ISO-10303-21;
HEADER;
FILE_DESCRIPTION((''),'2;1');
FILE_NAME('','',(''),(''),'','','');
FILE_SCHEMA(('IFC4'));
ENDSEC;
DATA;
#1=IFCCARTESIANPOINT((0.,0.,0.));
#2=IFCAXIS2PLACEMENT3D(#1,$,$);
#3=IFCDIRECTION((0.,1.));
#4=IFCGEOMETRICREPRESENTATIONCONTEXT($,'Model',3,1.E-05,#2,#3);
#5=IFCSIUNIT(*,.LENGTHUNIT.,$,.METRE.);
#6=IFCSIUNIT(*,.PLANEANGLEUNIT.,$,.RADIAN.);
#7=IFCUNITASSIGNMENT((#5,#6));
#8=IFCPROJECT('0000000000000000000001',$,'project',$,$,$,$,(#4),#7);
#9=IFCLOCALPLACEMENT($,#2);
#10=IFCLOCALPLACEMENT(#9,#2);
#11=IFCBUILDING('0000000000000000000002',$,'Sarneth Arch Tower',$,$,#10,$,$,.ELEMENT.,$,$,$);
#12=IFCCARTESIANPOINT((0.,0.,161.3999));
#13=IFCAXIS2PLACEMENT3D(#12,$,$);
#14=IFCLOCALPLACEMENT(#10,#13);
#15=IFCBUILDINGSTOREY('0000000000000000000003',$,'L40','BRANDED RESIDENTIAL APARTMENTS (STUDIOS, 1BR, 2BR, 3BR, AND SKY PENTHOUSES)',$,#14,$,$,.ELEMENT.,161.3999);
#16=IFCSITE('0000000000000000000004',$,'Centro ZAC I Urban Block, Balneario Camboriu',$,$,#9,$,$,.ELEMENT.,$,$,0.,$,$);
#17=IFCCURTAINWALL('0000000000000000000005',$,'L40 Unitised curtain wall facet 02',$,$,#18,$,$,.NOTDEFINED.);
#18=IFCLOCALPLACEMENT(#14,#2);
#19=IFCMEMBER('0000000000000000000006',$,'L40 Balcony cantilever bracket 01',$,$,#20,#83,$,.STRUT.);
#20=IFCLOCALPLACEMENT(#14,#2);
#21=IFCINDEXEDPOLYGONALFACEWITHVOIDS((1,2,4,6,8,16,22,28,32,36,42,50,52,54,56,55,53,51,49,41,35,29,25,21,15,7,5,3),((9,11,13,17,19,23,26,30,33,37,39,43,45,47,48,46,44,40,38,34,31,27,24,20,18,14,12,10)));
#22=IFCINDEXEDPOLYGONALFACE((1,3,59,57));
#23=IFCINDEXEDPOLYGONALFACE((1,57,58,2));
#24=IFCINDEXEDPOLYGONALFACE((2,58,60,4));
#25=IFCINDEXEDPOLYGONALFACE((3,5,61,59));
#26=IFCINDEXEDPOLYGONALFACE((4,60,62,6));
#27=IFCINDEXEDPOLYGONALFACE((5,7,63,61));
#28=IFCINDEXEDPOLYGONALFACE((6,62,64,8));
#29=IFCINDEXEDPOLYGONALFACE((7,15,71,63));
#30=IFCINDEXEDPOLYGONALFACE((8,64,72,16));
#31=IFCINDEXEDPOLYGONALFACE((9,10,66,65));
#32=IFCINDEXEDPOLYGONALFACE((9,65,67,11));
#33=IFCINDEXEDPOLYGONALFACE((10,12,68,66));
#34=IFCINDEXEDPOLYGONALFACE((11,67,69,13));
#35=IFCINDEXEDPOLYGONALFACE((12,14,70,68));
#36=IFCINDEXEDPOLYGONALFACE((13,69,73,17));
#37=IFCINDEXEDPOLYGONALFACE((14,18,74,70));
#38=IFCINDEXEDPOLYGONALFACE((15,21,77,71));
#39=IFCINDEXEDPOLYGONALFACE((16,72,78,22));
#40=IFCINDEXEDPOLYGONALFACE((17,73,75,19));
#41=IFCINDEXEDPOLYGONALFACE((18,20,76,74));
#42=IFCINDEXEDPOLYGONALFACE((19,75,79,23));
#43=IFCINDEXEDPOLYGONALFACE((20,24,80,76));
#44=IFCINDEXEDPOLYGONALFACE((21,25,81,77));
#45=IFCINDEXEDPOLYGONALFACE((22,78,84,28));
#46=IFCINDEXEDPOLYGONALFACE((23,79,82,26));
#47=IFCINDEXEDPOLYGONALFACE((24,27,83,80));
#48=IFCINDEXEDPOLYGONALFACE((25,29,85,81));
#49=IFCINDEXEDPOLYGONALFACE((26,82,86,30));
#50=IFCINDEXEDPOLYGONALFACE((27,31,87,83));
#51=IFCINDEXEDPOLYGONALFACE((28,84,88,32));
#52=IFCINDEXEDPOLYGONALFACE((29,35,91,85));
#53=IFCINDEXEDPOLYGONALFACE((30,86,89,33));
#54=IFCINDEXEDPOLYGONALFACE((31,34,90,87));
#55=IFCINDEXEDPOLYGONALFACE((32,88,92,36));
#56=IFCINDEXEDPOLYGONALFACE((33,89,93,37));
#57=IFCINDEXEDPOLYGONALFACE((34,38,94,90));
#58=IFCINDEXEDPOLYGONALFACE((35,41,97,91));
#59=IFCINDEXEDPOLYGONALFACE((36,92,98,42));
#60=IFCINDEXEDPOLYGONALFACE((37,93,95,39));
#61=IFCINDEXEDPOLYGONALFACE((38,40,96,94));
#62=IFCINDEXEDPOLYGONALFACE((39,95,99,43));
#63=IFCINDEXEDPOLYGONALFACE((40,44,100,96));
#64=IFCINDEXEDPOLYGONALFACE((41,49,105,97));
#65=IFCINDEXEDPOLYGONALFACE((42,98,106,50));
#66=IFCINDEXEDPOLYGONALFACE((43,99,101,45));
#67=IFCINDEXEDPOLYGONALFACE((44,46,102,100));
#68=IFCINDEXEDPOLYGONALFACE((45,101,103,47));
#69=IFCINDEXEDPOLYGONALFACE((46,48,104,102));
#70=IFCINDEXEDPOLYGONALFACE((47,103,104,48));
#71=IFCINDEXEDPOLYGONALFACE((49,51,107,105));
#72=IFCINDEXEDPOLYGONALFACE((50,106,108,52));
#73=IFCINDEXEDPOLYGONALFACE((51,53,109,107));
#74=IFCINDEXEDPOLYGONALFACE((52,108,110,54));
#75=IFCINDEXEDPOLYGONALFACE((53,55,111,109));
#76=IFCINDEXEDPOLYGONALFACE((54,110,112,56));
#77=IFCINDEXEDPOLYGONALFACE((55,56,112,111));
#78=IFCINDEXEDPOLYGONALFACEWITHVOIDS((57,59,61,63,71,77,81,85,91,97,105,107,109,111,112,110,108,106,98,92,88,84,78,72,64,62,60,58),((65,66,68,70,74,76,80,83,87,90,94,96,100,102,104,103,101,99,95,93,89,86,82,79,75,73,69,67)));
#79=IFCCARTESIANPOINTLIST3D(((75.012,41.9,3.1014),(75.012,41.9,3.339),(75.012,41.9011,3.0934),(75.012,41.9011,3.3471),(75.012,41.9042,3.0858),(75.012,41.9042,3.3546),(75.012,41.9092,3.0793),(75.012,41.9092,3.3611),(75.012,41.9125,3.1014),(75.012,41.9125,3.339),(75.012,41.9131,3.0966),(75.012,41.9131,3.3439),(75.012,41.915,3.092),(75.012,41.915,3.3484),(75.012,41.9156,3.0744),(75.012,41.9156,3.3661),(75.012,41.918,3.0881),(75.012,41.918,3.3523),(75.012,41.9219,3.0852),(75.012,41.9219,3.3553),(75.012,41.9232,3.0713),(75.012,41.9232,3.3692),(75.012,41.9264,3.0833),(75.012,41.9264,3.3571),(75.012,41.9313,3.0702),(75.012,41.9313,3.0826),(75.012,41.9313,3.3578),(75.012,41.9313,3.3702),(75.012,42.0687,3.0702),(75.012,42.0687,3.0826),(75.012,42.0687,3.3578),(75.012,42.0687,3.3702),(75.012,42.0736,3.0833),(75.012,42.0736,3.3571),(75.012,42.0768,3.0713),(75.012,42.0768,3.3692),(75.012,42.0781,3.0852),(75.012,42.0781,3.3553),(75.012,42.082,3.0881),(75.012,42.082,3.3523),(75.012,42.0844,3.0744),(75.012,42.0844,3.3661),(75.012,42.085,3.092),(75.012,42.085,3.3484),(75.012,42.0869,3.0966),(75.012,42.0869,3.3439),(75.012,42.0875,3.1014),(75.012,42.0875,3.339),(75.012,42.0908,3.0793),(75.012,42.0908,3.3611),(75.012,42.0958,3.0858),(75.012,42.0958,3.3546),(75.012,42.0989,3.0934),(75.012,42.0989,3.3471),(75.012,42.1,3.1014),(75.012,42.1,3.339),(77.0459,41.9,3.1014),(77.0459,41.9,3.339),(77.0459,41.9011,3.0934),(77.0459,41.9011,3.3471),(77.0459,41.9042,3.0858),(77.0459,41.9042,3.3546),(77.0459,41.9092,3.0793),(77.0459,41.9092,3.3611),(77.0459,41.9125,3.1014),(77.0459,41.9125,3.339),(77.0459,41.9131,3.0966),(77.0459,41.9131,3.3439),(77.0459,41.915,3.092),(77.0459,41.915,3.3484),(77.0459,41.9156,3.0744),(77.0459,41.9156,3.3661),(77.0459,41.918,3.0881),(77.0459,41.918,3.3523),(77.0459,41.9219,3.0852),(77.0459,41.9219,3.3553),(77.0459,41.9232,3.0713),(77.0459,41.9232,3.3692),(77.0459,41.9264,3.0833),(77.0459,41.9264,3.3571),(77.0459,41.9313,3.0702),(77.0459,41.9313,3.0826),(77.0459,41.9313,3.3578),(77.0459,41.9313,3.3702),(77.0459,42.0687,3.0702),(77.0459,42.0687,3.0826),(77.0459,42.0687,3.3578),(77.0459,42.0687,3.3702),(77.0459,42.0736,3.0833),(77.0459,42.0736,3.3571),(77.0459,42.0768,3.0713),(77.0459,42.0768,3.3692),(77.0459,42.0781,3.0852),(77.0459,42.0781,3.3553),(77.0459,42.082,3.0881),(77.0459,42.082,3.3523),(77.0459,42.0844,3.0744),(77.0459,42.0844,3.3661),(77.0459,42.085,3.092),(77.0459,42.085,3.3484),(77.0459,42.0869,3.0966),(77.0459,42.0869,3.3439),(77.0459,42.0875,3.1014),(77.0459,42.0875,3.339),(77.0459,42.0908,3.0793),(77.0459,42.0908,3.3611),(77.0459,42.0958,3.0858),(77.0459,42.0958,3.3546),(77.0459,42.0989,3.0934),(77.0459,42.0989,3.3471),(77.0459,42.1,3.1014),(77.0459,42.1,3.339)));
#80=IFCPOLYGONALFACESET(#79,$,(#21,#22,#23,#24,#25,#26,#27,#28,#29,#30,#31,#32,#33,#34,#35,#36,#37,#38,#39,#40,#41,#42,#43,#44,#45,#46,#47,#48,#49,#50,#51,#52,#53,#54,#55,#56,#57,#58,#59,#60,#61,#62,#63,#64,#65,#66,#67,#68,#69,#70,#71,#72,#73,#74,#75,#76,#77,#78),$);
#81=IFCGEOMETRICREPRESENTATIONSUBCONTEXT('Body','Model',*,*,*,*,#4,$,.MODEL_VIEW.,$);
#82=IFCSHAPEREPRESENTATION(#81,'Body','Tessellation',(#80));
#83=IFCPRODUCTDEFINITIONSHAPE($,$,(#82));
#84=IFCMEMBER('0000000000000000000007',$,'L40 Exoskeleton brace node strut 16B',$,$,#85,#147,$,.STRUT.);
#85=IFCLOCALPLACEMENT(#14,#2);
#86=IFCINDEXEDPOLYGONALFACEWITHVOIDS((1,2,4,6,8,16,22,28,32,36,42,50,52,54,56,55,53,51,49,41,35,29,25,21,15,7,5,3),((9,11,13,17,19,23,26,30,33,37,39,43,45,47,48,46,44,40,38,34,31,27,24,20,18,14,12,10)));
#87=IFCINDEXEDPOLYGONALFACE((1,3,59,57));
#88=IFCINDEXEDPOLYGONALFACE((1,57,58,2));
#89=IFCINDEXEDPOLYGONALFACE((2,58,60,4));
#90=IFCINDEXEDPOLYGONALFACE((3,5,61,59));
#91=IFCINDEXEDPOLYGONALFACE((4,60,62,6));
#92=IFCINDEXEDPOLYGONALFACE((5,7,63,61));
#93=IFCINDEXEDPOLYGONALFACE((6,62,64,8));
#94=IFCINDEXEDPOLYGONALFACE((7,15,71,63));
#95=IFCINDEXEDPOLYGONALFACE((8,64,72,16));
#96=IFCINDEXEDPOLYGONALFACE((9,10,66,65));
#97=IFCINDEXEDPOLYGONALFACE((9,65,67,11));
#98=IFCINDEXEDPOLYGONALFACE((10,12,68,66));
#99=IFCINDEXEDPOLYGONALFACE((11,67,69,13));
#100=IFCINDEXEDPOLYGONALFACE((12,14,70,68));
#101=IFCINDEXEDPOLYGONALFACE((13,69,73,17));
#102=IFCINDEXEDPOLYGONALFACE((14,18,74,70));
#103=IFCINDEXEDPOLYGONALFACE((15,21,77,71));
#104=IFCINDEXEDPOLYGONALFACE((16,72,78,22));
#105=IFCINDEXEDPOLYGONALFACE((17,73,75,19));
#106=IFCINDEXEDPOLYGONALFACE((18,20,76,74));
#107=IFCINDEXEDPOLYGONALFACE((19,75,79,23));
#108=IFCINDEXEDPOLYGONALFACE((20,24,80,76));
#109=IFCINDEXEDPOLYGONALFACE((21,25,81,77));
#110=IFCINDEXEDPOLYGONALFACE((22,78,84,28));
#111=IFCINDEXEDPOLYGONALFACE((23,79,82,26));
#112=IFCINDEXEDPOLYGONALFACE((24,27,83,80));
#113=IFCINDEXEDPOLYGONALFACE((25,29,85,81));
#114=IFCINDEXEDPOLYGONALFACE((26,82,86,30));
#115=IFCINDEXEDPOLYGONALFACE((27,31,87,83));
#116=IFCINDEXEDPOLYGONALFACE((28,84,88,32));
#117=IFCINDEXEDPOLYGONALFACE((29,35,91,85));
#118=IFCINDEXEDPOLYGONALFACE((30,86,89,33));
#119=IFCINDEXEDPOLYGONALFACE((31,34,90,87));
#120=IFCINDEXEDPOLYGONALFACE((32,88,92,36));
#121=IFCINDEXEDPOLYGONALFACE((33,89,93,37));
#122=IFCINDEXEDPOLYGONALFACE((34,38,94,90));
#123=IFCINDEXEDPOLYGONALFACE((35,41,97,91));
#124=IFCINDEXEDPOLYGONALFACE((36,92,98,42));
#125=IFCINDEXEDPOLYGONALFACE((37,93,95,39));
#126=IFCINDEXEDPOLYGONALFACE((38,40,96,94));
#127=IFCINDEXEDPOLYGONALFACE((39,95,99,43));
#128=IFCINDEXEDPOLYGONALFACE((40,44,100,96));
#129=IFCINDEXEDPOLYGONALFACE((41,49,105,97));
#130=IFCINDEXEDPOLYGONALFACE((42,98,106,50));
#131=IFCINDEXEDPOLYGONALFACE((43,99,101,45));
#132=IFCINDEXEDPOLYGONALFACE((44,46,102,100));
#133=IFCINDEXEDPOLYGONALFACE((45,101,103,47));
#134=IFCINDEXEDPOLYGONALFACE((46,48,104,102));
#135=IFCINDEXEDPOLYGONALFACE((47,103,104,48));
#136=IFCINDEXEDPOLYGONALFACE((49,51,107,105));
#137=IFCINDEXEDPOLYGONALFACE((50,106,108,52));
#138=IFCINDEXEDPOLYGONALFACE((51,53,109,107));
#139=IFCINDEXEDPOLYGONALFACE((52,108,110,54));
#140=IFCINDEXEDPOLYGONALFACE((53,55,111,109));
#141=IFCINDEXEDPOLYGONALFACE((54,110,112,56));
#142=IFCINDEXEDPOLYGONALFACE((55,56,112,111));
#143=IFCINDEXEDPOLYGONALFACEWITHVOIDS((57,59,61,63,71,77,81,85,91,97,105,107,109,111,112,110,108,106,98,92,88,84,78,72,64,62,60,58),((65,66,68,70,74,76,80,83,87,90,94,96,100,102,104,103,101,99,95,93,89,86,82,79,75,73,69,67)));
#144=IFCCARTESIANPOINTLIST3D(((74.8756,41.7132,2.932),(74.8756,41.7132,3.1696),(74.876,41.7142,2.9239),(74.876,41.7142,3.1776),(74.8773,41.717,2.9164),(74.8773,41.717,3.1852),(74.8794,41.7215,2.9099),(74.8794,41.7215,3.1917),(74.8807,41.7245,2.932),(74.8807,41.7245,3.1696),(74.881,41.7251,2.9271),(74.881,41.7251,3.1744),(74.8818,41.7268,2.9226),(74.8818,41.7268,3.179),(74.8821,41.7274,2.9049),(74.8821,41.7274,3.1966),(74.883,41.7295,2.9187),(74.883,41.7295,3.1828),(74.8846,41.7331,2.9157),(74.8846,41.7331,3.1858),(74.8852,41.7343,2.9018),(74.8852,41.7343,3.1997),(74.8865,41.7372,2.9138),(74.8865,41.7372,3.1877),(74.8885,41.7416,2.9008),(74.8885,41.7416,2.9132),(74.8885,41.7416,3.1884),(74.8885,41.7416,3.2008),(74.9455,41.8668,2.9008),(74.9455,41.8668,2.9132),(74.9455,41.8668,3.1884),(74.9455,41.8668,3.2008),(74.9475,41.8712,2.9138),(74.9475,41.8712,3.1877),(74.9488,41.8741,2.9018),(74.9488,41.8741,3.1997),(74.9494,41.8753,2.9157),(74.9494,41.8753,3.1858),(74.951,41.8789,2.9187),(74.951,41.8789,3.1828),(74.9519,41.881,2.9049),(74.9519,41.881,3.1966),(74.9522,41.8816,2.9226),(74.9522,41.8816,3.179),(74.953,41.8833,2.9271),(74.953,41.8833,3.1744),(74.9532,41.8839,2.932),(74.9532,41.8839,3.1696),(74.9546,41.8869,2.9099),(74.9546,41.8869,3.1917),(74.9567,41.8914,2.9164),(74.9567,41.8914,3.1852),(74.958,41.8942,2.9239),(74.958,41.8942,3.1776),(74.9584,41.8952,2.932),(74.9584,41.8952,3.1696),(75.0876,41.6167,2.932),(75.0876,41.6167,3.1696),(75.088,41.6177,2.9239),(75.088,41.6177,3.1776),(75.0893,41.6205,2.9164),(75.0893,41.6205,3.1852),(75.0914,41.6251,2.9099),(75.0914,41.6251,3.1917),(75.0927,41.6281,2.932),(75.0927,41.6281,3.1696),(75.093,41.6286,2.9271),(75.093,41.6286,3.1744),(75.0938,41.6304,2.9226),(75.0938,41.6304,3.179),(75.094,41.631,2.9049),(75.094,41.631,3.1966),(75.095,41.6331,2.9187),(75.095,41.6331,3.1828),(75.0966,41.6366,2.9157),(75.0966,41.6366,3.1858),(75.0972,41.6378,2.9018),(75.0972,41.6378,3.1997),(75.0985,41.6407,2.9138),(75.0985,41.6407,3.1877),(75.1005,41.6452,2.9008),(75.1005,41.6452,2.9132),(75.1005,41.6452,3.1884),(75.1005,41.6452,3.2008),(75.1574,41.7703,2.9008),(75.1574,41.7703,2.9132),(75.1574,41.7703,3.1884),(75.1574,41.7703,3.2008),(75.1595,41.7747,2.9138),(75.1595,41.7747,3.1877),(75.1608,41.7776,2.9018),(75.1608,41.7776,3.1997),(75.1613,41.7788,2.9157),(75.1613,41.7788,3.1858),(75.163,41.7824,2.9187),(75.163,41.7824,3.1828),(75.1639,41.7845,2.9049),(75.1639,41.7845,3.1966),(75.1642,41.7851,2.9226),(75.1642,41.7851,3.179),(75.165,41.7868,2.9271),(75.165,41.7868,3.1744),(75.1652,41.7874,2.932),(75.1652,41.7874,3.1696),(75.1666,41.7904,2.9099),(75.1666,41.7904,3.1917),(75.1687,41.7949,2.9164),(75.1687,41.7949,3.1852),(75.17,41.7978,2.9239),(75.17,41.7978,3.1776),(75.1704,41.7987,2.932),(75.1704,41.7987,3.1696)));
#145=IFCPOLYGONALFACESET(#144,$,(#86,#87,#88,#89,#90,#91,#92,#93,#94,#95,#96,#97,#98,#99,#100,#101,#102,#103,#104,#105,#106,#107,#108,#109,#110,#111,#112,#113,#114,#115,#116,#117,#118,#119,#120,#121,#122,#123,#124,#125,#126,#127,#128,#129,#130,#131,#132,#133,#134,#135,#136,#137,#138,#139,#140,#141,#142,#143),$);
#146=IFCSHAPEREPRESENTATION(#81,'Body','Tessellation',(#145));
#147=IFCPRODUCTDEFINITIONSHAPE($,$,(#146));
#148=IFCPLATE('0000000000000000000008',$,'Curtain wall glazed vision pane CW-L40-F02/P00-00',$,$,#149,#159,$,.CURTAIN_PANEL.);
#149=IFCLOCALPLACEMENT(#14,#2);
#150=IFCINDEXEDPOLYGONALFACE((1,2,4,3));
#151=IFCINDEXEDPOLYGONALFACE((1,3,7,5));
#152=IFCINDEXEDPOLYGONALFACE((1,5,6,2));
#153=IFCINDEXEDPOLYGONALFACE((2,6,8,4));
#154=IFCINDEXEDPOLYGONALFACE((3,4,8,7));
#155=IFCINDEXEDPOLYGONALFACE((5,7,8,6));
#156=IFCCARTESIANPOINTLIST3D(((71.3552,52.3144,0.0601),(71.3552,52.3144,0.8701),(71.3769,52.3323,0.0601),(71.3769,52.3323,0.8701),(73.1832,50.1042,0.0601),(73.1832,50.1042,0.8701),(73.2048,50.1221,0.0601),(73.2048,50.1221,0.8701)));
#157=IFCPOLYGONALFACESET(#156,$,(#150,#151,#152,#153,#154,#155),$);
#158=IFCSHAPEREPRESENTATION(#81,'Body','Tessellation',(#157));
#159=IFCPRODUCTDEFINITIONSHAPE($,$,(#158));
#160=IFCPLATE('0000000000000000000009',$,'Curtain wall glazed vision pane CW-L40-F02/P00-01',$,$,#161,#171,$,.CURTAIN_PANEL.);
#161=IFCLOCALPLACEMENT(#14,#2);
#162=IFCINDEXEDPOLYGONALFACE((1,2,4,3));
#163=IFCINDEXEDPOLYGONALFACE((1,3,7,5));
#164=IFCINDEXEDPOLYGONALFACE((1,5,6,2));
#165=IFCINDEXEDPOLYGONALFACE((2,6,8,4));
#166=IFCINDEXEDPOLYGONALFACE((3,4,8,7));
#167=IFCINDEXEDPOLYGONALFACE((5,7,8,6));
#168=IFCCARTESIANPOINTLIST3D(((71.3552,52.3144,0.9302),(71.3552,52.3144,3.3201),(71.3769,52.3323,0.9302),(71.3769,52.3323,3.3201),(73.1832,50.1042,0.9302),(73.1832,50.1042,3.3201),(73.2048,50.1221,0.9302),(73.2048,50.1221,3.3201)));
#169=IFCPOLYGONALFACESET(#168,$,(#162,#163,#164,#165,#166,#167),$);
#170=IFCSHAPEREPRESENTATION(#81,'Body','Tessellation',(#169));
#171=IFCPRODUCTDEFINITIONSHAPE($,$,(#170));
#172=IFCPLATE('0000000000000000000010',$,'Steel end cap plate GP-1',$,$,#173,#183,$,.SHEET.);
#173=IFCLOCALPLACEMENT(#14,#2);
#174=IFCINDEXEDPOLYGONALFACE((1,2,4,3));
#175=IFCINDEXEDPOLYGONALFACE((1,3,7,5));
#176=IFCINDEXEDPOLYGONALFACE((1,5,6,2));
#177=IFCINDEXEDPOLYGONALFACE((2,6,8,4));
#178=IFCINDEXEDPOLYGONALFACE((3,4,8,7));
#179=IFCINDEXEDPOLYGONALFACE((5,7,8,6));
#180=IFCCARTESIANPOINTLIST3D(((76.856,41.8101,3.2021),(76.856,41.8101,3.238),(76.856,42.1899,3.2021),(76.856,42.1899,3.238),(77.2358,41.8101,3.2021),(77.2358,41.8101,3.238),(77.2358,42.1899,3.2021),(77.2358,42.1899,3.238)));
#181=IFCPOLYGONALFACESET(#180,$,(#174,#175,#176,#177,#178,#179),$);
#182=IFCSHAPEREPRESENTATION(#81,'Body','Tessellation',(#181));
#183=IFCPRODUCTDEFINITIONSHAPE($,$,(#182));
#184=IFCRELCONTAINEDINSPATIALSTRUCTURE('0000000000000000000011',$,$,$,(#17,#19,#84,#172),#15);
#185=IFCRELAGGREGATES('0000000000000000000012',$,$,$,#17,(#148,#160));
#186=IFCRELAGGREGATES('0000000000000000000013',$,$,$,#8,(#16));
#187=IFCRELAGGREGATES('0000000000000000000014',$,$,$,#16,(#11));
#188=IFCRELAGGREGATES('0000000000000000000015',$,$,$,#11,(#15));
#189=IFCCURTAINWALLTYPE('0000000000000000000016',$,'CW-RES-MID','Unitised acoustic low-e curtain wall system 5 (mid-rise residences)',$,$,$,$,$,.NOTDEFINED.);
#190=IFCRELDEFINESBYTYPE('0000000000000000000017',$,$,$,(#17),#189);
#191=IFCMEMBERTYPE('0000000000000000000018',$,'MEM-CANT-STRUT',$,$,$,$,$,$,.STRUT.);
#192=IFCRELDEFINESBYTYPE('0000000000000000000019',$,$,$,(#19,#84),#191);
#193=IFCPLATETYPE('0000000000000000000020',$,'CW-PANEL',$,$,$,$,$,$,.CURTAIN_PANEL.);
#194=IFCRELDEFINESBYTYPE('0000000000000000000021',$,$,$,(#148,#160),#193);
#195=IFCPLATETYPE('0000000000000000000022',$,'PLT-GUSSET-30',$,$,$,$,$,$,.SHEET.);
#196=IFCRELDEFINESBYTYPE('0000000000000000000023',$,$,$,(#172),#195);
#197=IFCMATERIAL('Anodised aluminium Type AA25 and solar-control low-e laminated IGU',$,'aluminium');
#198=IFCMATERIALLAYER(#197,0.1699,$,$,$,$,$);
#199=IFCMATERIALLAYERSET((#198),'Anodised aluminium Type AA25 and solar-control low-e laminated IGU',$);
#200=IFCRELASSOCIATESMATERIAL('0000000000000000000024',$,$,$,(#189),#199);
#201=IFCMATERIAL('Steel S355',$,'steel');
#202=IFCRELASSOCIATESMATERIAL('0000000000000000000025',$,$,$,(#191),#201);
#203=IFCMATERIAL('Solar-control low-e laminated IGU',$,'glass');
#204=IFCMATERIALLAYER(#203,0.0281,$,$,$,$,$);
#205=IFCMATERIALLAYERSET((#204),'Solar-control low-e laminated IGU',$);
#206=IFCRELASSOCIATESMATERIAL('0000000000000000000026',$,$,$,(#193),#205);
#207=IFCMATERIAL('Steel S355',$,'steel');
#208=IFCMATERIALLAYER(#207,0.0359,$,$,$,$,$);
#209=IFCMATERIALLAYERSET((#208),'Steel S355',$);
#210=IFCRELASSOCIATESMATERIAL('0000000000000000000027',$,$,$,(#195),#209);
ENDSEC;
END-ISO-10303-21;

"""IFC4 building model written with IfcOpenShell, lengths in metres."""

from ifc_helpers import new_model, si_unit, direction, frame, origin, origin_2d, place, context, subcontext, project, spatial, rectangle, hollow_rectangle, extrude, material, layer, layer_set, material_profile, profile_set, type_object, element, aggregate, save


model = new_model("IFC4")

# Units and contexts
model_context = context("Model", 3, precision=1e-05, world=origin(), true_north=direction((0.0, 1.0)))
body_context = subcontext(model_context, "Body", "Model", "MODEL_VIEW")
ifc_project = project(units=[si_unit("LENGTHUNIT", "METRE"), si_unit("PLANEANGLEUNIT", "RADIAN")], contexts=[model_context])

# Site, building, storey
site_placement = place(None, origin())
site = spatial("IfcSite", under=ifc_project, at=site_placement, Name="Centro ZAC I Urban Block, Balneario Camboriu", CompositionType="ELEMENT", RefElevation=0.0)
building_placement = place(site_placement, origin())
building = spatial("IfcBuilding", under=site, at=building_placement, Name="Sarneth Arch Tower", CompositionType="ELEMENT")
storey_placement = place(building_placement, frame((0.0, 0.0, 161.3999)))
storey = spatial("IfcBuildingStorey", under=building, at=storey_placement, Name="L40", Description="BRANDED RESIDENTIAL APARTMENTS (STUDIOS, 1BR, 2BR, 3BR, AND SKY PENTHOUSES)", CompositionType="ELEMENT", Elevation=161.3999)

# Curtain wall
ifc_material_1 = material(Name="Anodised aluminium Type AA25 and solar-control low-e laminated IGU", Category="aluminium")
ifc_layer_1 = layer(ifc_material_1, 0.1699)
ifc_layer_set_1 = layer_set([ifc_layer_1], Name="Anodised aluminium Type AA25 and solar-control low-e laminated IGU")
curtain_wall_type = type_object("IfcCurtainWallType", Name="CW-RES-MID", Description="Unitised acoustic low-e curtain wall system 5 (mid-rise residences)", PredefinedType="NOTDEFINED", material=ifc_layer_set_1)
curtain_wall_placement = place(storey_placement, origin())
curtain_wall = element("IfcCurtainWall", 1, at=curtain_wall_placement, inside=storey, type_object=curtain_wall_type, Name="L40 Unitised curtain wall facet 02", PredefinedType="NOTDEFINED")

# Members
ifc_material_2 = material(Name="Steel S355", Category="steel")
ifc_material_profile_1 = material_profile(ifc_material_2, hollow_rectangle(XDim=0.2, YDim=0.3, WallThickness=0.0125, InnerFilletRadius=0.0188, OuterFilletRadius=0.0312, at=origin_2d()), Name="RHS300x200x12.5")
ifc_profile_set_1 = profile_set([ifc_material_profile_1], Name="Steel S355")
member_type_1 = type_object("IfcMemberType", Name="MEM-CANT-STRUT", PredefinedType="STRUT", material=ifc_profile_set_1)
member_1_placement = place(storey_placement, frame((75.012, 42.0, 3.2202), z_axis=(1.0, 0.0, 0.0), x_axis=(0.0, 1.0, 0.0)))
element("IfcMember", 2, at=member_1_placement, inside=storey, type_object=member_type_1, Name="L40 Balcony cantilever bracket 01", PredefinedType="STRUT", context=body_context, shape_type="SweptSolid", body=[
    extrude(hollow_rectangle(XDim=0.2, YDim=0.3, WallThickness=0.0125, InnerFilletRadius=0.0188, OuterFilletRadius=0.0312, at=origin_2d()), origin(), (0.0, 0.0, 1.0), 2.0339),
])
member_2_placement = place(storey_placement, frame((74.917, 41.8042, 3.0508), z_axis=(0.910187, -0.414198, 0.0), x_axis=(0.414198, 0.910187, 0.0)))
element("IfcMember", 3, at=member_2_placement, inside=storey, type_object=member_type_1, Name="L40 Exoskeleton brace node strut 16B", PredefinedType="STRUT", context=body_context, shape_type="SweptSolid", body=[
    extrude(hollow_rectangle(XDim=0.2, YDim=0.3, WallThickness=0.0125, InnerFilletRadius=0.0188, OuterFilletRadius=0.0312, at=origin_2d()), origin(), (0.0, 0.0, 1.0), 0.2329),
])

# Plates
ifc_material_3 = material(Name="Solar-control low-e laminated IGU", Category="glass")
ifc_layer_2 = layer(ifc_material_3, 0.0281)
ifc_layer_set_2 = layer_set([ifc_layer_2], Name="Solar-control low-e laminated IGU")
plate_type_1 = type_object("IfcPlateType", Name="CW-PANEL", PredefinedType="CURTAIN_PANEL", material=ifc_layer_set_2)
plate_1_placement = place(storey_placement, frame((72.28, 51.2183, 0.0601), z_axis=(0.0, 0.0, 1.0), x_axis=(-0.63733, 0.770591, 0.0)))
plate_1 = element("IfcPlate", 4, at=plate_1_placement, type_object=plate_type_1, Name="Curtain wall glazed vision pane CW-L40-F02/P00-00", PredefinedType="CURTAIN_PANEL", context=body_context, shape_type="SweptSolid", body=[
    extrude(rectangle(XDim=2.8682, YDim=0.0281, at=origin_2d()), origin(), (0.0, 0.0, 1.0), 0.8101),
])
plate_2_placement = place(storey_placement, frame((72.28, 51.2183, 0.9302), z_axis=(0.0, 0.0, 1.0), x_axis=(-0.63733, 0.770591, 0.0)))
plate_2 = element("IfcPlate", 5, at=plate_2_placement, type_object=plate_type_1, Name="Curtain wall glazed vision pane CW-L40-F02/P00-01", PredefinedType="CURTAIN_PANEL", context=body_context, shape_type="SweptSolid", body=[
    extrude(rectangle(XDim=2.8682, YDim=0.0281, at=origin_2d()), origin(), (0.0, 0.0, 1.0), 2.3899),
])
aggregate(curtain_wall, [plate_1, plate_2])
ifc_material_4 = material(Name="Steel S355", Category="steel")
ifc_layer_3 = layer(ifc_material_4, 0.0359)
ifc_layer_set_3 = layer_set([ifc_layer_3], Name="Steel S355")
plate_type_2 = type_object("IfcPlateType", Name="PLT-GUSSET-30", PredefinedType="SHEET", material=ifc_layer_set_3)
plate_3_placement = place(storey_placement, frame((77.0459, 42.0, 3.2021), z_axis=(0.0, 0.0, 1.0), x_axis=(1.0, 0.0, 0.0)))
element("IfcPlate", 6, at=plate_3_placement, inside=storey, type_object=plate_type_2, Name="Steel end cap plate GP-1", PredefinedType="SHEET", context=body_context, shape_type="SweptSolid", body=[
    extrude(rectangle(XDim=0.3799, YDim=0.3799, at=origin_2d()), origin(), (0.0, 0.0, 1.0), 0.0359),
])

save(model, "model.ifc")
